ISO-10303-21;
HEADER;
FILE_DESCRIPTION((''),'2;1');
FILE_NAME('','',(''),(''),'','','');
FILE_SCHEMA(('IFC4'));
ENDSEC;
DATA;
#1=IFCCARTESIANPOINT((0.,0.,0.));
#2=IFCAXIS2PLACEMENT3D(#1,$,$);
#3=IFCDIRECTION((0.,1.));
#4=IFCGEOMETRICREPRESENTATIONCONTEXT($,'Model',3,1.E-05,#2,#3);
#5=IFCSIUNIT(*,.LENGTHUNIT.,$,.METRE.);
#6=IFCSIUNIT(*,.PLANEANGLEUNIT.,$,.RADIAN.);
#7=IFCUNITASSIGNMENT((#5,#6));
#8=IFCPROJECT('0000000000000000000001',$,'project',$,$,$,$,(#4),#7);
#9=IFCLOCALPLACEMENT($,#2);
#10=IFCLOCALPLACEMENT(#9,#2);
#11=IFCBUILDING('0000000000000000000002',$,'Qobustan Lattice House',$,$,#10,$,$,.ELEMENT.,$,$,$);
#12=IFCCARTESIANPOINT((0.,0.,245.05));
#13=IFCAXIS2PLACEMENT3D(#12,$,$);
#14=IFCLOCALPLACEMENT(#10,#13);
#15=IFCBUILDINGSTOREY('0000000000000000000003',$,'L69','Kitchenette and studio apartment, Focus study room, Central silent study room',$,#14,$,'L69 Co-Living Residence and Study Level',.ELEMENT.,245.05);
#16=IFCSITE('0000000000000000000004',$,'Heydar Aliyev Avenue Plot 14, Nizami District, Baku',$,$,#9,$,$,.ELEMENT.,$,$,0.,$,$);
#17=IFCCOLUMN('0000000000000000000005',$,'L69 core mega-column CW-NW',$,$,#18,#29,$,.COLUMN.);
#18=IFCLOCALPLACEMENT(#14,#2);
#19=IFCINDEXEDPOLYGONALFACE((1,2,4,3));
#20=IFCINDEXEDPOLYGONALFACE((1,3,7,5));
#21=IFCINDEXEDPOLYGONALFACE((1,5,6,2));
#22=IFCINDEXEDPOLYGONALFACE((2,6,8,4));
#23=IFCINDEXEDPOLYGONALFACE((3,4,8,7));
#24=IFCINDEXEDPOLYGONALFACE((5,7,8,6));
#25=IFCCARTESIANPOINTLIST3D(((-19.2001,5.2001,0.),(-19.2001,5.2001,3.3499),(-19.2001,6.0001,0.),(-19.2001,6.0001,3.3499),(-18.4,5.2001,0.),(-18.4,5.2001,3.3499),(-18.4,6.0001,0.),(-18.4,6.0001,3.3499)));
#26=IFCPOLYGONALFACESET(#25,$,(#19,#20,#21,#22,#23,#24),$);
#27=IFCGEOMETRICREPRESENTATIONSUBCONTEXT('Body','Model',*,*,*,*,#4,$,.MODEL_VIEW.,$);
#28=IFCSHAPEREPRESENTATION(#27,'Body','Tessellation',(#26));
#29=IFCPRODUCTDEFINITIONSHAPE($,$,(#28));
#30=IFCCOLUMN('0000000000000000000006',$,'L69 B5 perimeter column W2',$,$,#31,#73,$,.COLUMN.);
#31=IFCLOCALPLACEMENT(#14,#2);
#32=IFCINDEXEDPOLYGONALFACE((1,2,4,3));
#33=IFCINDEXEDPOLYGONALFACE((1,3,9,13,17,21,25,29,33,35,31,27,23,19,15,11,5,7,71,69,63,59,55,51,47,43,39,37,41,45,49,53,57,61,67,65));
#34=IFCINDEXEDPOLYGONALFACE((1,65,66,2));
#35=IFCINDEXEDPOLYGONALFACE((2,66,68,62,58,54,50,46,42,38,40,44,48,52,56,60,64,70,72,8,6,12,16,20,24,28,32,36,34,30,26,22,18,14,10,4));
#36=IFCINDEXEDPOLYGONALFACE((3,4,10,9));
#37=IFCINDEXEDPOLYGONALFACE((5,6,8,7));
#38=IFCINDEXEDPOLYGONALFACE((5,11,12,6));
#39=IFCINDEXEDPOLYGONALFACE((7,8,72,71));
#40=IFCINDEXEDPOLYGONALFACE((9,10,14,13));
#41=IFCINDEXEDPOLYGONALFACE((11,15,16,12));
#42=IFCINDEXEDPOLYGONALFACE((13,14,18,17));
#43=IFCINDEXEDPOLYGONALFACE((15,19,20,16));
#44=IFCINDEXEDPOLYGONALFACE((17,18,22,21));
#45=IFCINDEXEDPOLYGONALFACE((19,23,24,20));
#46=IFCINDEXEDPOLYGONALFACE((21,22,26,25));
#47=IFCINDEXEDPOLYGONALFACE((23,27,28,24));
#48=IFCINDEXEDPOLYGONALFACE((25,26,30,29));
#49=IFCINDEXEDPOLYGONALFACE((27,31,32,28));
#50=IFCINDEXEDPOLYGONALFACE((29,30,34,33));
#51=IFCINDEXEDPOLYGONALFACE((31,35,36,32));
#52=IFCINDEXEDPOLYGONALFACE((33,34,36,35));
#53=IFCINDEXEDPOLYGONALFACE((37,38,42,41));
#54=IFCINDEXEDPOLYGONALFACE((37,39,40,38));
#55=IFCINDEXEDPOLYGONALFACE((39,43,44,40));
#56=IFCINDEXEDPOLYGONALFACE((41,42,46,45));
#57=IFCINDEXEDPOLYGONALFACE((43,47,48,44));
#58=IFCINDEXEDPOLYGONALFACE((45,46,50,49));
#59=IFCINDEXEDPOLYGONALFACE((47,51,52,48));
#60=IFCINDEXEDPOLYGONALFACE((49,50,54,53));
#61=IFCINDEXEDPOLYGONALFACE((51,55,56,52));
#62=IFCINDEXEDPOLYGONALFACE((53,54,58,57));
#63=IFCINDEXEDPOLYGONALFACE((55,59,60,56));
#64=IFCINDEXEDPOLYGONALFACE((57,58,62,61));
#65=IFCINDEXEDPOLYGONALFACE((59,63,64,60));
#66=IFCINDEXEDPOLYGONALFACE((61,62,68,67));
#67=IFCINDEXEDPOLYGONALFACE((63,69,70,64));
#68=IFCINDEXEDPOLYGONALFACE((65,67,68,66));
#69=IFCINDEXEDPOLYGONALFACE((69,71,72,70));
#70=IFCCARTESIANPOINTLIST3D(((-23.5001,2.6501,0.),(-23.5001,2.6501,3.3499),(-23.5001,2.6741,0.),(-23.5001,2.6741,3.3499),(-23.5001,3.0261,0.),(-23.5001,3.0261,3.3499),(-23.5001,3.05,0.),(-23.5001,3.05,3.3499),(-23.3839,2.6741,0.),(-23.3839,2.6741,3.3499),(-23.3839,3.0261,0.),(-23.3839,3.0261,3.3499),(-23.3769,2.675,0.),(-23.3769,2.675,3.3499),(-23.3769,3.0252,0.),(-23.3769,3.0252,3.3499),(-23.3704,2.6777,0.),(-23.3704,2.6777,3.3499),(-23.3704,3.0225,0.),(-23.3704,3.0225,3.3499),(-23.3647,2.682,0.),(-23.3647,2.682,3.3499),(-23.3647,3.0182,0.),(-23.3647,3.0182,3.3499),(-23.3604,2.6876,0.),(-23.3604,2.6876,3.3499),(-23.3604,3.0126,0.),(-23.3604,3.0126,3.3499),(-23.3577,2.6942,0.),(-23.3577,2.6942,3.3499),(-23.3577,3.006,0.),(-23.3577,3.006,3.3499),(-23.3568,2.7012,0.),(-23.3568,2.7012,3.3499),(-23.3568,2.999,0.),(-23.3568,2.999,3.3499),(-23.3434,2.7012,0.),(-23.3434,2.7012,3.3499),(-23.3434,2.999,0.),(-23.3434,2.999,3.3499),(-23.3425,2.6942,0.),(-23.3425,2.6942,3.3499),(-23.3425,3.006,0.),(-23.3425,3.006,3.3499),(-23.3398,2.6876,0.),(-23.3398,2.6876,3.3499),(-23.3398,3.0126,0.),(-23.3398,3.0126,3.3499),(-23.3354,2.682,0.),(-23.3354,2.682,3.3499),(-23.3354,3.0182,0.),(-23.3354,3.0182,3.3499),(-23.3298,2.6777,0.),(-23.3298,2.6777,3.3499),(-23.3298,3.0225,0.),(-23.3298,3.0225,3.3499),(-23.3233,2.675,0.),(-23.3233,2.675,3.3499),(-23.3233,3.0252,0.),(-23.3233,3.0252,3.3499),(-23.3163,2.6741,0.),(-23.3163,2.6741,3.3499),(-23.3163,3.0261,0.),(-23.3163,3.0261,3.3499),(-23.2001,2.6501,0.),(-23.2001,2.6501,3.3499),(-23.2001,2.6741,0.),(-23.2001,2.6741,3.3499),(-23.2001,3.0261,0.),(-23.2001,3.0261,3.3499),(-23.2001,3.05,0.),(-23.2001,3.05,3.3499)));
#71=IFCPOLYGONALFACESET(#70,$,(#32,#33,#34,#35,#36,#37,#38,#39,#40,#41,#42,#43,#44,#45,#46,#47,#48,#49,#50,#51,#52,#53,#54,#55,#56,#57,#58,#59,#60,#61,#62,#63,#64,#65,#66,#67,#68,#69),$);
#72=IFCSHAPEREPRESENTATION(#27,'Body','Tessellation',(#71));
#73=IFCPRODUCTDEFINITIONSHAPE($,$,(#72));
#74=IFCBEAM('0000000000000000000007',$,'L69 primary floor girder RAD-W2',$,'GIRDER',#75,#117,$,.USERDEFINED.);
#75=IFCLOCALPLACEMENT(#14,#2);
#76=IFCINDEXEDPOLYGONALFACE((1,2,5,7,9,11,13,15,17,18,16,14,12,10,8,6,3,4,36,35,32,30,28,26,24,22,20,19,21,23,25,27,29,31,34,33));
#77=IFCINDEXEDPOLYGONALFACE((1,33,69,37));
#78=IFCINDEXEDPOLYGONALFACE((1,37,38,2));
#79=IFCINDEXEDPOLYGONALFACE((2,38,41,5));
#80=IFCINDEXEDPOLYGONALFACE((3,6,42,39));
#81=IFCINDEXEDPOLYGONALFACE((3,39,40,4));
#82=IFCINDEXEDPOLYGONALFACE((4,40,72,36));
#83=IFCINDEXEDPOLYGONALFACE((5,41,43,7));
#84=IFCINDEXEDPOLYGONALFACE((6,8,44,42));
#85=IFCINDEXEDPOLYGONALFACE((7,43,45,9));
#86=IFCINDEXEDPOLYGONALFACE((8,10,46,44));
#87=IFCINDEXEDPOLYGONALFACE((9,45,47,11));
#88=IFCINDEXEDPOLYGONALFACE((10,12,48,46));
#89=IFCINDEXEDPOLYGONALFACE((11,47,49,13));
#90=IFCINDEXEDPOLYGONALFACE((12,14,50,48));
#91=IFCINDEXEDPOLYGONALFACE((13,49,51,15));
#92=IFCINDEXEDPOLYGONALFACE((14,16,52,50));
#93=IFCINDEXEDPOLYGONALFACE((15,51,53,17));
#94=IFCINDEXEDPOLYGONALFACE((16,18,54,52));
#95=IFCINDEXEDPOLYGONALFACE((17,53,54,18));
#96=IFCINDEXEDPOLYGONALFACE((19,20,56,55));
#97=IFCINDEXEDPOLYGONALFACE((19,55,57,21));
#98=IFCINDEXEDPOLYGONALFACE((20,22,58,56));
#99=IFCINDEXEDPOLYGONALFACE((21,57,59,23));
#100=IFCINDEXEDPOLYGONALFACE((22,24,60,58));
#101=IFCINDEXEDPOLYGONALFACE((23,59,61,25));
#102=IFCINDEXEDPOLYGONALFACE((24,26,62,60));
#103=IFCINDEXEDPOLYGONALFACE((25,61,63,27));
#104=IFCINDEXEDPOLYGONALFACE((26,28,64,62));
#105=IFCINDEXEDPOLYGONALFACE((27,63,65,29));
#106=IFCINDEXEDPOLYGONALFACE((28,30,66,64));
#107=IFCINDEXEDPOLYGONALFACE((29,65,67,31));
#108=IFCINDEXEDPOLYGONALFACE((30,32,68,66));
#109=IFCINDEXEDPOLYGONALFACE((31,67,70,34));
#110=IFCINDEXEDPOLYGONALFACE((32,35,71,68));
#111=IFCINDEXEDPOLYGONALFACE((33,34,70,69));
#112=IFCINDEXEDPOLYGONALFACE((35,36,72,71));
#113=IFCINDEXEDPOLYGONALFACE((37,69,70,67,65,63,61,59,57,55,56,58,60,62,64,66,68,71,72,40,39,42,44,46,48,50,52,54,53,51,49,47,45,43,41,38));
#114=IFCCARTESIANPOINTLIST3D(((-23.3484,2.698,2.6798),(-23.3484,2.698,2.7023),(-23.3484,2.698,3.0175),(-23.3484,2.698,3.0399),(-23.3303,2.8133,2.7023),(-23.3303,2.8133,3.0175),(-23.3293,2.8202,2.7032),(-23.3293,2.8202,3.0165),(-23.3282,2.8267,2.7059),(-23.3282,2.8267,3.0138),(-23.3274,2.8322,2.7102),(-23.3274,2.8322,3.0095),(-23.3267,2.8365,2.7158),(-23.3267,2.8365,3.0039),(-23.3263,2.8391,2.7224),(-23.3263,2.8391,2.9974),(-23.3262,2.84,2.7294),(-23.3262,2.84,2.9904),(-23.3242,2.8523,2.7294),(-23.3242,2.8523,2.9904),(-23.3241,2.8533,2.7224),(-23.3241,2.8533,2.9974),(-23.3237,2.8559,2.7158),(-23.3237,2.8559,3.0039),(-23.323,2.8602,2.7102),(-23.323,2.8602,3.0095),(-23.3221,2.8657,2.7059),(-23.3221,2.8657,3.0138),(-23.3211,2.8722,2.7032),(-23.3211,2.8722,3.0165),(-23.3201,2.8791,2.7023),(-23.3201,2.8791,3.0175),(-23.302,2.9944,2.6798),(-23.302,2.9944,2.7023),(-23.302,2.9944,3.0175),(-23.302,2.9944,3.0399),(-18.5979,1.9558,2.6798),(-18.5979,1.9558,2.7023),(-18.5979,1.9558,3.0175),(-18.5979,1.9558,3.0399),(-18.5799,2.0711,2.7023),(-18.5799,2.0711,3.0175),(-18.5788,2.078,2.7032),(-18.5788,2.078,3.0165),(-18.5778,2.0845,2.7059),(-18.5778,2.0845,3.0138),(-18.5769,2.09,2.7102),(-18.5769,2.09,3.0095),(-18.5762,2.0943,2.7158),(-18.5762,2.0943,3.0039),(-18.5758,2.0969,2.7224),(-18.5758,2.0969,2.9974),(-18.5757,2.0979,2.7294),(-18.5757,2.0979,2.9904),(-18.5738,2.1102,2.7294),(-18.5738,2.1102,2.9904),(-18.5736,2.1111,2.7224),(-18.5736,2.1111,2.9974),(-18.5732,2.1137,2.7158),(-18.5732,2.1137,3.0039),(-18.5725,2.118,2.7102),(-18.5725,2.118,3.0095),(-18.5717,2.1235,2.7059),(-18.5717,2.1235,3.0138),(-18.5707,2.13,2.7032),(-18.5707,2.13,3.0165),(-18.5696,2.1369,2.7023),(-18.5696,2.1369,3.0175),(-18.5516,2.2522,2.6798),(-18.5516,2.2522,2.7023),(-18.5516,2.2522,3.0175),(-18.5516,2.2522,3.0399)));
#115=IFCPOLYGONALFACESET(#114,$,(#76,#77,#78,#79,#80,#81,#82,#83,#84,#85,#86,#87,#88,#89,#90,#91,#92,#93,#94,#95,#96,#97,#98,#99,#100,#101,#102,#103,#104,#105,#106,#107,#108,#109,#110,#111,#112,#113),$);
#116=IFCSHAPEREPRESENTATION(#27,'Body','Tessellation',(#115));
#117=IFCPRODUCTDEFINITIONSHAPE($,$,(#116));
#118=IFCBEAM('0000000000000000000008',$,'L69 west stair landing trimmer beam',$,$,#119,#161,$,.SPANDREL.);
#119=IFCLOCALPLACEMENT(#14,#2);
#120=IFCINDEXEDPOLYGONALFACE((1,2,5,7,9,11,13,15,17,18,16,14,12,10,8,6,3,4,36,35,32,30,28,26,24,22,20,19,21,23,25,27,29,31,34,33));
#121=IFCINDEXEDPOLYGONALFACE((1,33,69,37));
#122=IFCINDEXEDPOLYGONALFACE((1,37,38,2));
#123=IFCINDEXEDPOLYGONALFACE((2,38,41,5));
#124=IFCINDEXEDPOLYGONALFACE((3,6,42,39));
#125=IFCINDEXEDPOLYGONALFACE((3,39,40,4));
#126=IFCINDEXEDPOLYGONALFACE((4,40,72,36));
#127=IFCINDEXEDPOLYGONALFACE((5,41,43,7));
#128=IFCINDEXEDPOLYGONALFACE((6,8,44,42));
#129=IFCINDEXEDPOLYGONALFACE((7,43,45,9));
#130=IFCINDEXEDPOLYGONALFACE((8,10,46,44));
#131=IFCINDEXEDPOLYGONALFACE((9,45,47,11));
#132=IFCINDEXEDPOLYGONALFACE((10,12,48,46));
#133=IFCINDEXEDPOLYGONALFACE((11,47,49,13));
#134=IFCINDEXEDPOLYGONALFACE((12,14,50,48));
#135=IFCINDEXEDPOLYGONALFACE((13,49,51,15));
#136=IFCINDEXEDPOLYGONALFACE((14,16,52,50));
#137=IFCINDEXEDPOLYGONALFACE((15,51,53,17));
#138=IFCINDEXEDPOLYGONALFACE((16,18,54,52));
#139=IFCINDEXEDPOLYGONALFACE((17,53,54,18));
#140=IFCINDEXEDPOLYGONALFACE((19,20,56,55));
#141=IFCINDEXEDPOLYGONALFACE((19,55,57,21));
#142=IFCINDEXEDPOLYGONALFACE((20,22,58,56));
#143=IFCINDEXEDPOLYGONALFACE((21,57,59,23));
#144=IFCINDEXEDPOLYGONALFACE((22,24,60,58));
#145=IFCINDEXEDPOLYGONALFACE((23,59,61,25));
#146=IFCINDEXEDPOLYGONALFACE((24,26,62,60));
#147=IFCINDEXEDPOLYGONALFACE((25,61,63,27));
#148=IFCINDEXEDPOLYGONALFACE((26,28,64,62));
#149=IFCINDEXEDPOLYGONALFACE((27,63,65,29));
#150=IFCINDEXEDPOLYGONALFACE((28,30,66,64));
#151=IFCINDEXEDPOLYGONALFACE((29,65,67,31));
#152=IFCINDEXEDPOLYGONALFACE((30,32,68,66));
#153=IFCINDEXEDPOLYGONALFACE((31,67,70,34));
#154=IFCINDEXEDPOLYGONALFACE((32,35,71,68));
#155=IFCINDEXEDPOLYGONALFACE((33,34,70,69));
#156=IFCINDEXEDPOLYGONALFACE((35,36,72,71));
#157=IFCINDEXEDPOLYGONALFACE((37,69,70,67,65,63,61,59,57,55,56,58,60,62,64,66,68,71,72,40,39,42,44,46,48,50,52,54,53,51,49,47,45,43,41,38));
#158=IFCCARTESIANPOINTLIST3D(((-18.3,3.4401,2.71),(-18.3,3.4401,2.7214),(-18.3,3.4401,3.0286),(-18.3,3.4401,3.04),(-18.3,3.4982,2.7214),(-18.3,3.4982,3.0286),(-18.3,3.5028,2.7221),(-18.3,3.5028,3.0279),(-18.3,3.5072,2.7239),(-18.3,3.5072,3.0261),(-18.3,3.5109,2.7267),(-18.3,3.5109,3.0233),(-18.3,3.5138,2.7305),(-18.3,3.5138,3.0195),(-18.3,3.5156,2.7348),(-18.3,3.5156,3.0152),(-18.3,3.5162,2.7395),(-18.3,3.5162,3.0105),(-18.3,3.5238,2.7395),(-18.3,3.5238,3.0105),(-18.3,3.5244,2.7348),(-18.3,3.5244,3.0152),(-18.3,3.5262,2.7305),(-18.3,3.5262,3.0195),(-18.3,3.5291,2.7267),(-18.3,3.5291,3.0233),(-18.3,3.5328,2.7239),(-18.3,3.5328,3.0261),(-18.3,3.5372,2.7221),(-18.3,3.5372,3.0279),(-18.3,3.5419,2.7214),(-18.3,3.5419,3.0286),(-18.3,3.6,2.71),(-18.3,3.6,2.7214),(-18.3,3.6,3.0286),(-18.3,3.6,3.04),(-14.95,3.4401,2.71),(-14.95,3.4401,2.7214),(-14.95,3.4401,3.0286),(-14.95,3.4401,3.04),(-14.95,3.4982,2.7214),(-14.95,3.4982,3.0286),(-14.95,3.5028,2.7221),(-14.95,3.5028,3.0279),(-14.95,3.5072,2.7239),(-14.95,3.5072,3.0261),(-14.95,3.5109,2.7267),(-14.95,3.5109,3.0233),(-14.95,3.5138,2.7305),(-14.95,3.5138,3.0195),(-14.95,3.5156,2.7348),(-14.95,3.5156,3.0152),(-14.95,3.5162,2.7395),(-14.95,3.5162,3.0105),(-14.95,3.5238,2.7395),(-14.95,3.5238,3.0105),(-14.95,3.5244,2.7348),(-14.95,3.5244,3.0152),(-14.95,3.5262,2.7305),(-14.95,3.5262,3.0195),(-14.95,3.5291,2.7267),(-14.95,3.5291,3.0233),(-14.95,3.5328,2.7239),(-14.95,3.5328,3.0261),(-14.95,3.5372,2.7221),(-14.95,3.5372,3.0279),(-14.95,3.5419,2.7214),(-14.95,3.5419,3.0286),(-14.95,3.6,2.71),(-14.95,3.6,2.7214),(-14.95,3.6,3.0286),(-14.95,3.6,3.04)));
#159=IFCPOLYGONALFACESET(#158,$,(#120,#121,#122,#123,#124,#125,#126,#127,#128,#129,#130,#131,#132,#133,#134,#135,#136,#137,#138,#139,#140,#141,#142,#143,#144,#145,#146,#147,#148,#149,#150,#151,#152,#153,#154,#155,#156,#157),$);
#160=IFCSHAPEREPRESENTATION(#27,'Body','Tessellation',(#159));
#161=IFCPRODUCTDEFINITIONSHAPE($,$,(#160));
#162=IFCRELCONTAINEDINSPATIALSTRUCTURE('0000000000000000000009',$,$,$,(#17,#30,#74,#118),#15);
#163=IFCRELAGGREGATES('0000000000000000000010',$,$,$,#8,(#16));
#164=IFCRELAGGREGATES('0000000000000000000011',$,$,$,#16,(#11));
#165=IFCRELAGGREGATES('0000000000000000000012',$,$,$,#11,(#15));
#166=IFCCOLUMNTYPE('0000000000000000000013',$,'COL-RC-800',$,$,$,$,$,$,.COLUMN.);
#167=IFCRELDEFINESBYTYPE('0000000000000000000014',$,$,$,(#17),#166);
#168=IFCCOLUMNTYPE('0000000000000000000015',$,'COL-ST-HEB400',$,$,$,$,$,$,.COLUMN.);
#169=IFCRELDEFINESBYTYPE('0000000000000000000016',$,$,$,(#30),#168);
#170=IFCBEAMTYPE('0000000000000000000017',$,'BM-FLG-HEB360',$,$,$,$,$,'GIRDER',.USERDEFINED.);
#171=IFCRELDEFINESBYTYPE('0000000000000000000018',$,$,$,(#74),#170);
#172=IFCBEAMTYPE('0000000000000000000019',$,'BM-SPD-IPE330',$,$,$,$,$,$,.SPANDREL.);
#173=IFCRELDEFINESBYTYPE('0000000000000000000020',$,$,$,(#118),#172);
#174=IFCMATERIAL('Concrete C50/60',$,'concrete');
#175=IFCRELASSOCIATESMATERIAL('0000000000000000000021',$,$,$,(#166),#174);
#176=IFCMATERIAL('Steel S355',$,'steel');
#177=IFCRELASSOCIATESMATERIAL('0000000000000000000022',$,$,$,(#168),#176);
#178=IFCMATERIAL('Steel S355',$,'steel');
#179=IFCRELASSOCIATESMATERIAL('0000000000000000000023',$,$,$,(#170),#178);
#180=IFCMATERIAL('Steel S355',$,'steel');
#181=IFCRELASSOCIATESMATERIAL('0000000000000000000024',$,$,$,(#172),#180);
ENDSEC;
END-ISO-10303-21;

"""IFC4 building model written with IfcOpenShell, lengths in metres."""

from ifc_helpers import new_model, si_unit, direction, frame, origin, origin_2d, place, context, subcontext, project, spatial, rectangle, i_section, extrude, material, material_profile, profile_set, type_object, element, save


model = new_model("IFC4")

# Units and contexts
model_context = context("Model", 3, precision=1e-05, world=origin(), true_north=direction((0.0, 1.0)))
body_context = subcontext(model_context, "Body", "Model", "MODEL_VIEW")
ifc_project = project(units=[si_unit("LENGTHUNIT", "METRE"), si_unit("PLANEANGLEUNIT", "RADIAN")], contexts=[model_context])

# Site, building, storey
site_placement = place(None, origin())
site = spatial("IfcSite", under=ifc_project, at=site_placement, Name="Heydar Aliyev Avenue Plot 14, Nizami District, Baku", CompositionType="ELEMENT", RefElevation=0.0)
building_placement = place(site_placement, origin())
building = spatial("IfcBuilding", under=site, at=building_placement, Name="Qobustan Lattice House", CompositionType="ELEMENT")
storey_placement = place(building_placement, frame((0.0, 0.0, 245.05)))
storey = spatial("IfcBuildingStorey", under=building, at=storey_placement, Name="L69", Description="Kitchenette and studio apartment, Focus study room, Central silent study room", LongName="L69 Co-Living Residence and Study Level", CompositionType="ELEMENT", Elevation=245.05)

# Columns
ifc_material_1 = material(Name="Concrete C50/60", Category="concrete")
ifc_material_profile_1 = material_profile(ifc_material_1, rectangle(XDim=0.8, YDim=0.8, at=origin_2d()), Name="RC800x800")
ifc_profile_set_1 = profile_set([ifc_material_profile_1], Name="Concrete C50/60")
column_type_1 = type_object("IfcColumnType", Name="COL-RC-800", PredefinedType="COLUMN", material=ifc_profile_set_1)
column_1_placement = place(storey_placement, frame((-18.8, 5.6001, 0.0), z_axis=(0.0, 0.0, 1.0), x_axis=(1.0, 0.0, 0.0)))
element("IfcColumn", 1, at=column_1_placement, inside=storey, type_object=column_type_1, Name="L69 core mega-column CW-NW", PredefinedType="COLUMN", context=body_context, shape_type="SweptSolid", body=[
    extrude(rectangle(XDim=0.8, YDim=0.8, at=origin_2d()), origin(), (0.0, 0.0, 1.0), 3.3499),
])
ifc_material_2 = material(Name="Steel S355", Category="steel")
ifc_material_profile_2 = material_profile(ifc_material_2, i_section(OverallWidth=0.3, OverallDepth=0.3999, WebThickness=0.0134, FlangeThickness=0.0239, FilletRadius=0.0271, at=origin_2d()), Name="HEB400")
ifc_profile_set_2 = profile_set([ifc_material_profile_2], Name="Steel S355")
column_type_2 = type_object("IfcColumnType", Name="COL-ST-HEB400", PredefinedType="COLUMN", material=ifc_profile_set_2)
column_2_placement = place(storey_placement, frame((-23.3501, 2.8501, 0.0), z_axis=(0.0, 0.0, 1.0), x_axis=(1.0, 0.0, 0.0)))
element("IfcColumn", 2, at=column_2_placement, inside=storey, type_object=column_type_2, Name="L69 B5 perimeter column W2", PredefinedType="COLUMN", context=body_context, shape_type="SweptSolid", body=[
    extrude(i_section(OverallWidth=0.3, OverallDepth=0.3999, WebThickness=0.0134, FlangeThickness=0.0239, FilletRadius=0.0271, at=origin_2d()), origin(), (0.0, 0.0, 1.0), 3.3499),
])

# Beams
ifc_material_3 = material(Name="Steel S355", Category="steel")
ifc_material_profile_3 = material_profile(ifc_material_3, i_section(OverallWidth=0.3, OverallDepth=0.3601, WebThickness=0.0125, FlangeThickness=0.0225, FilletRadius=0.0271, at=origin_2d()), Name="HEB360")
ifc_profile_set_3 = profile_set([ifc_material_profile_3], Name="Steel S355")
beam_type_1 = type_object("IfcBeamType", Name="BM-FLG-HEB360", ElementType="GIRDER", PredefinedType="USERDEFINED", material=ifc_profile_set_3)
beam_1_placement = place(storey_placement, frame((-23.3252, 2.8462, 2.8599), z_axis=(0.988014, -0.154361, 0.0), x_axis=(0.154361, 0.988014, 0.0)))
element("IfcBeam", 3, at=beam_1_placement, inside=storey, type_object=beam_type_1, Name="L69 primary floor girder RAD-W2", ObjectType="GIRDER", PredefinedType="USERDEFINED", context=body_context, shape_type="SweptSolid", body=[
    extrude(i_section(OverallWidth=0.3, OverallDepth=0.3601, WebThickness=0.0125, FlangeThickness=0.0225, FilletRadius=0.0271, at=origin_2d()), origin(), (0.0, 0.0, 1.0), 4.8081),
])
ifc_material_4 = material(Name="Steel S355", Category="steel")
ifc_material_profile_4 = material_profile(ifc_material_4, i_section(OverallWidth=0.1599, OverallDepth=0.3301, WebThickness=0.0076, FlangeThickness=0.0115, FilletRadius=0.0181, at=origin_2d()), Name="IPE330")
ifc_profile_set_4 = profile_set([ifc_material_profile_4], Name="Steel S355")
beam_type_2 = type_object("IfcBeamType", Name="BM-SPD-IPE330", PredefinedType="SPANDREL", material=ifc_profile_set_4)
beam_2_placement = place(storey_placement, frame((-18.3, 3.52, 2.875), z_axis=(1.0, 0.0, 0.0), x_axis=(0.0, 1.0, 0.0)))
element("IfcBeam", 4, at=beam_2_placement, inside=storey, type_object=beam_type_2, Name="L69 west stair landing trimmer beam", PredefinedType="SPANDREL", context=body_context, shape_type="SweptSolid", body=[
    extrude(i_section(OverallWidth=0.1599, OverallDepth=0.3301, WebThickness=0.0076, FlangeThickness=0.0115, FilletRadius=0.0181, at=origin_2d()), origin(), (0.0, 0.0, 1.0), 3.3501),
])

save(model, "model.ifc")
